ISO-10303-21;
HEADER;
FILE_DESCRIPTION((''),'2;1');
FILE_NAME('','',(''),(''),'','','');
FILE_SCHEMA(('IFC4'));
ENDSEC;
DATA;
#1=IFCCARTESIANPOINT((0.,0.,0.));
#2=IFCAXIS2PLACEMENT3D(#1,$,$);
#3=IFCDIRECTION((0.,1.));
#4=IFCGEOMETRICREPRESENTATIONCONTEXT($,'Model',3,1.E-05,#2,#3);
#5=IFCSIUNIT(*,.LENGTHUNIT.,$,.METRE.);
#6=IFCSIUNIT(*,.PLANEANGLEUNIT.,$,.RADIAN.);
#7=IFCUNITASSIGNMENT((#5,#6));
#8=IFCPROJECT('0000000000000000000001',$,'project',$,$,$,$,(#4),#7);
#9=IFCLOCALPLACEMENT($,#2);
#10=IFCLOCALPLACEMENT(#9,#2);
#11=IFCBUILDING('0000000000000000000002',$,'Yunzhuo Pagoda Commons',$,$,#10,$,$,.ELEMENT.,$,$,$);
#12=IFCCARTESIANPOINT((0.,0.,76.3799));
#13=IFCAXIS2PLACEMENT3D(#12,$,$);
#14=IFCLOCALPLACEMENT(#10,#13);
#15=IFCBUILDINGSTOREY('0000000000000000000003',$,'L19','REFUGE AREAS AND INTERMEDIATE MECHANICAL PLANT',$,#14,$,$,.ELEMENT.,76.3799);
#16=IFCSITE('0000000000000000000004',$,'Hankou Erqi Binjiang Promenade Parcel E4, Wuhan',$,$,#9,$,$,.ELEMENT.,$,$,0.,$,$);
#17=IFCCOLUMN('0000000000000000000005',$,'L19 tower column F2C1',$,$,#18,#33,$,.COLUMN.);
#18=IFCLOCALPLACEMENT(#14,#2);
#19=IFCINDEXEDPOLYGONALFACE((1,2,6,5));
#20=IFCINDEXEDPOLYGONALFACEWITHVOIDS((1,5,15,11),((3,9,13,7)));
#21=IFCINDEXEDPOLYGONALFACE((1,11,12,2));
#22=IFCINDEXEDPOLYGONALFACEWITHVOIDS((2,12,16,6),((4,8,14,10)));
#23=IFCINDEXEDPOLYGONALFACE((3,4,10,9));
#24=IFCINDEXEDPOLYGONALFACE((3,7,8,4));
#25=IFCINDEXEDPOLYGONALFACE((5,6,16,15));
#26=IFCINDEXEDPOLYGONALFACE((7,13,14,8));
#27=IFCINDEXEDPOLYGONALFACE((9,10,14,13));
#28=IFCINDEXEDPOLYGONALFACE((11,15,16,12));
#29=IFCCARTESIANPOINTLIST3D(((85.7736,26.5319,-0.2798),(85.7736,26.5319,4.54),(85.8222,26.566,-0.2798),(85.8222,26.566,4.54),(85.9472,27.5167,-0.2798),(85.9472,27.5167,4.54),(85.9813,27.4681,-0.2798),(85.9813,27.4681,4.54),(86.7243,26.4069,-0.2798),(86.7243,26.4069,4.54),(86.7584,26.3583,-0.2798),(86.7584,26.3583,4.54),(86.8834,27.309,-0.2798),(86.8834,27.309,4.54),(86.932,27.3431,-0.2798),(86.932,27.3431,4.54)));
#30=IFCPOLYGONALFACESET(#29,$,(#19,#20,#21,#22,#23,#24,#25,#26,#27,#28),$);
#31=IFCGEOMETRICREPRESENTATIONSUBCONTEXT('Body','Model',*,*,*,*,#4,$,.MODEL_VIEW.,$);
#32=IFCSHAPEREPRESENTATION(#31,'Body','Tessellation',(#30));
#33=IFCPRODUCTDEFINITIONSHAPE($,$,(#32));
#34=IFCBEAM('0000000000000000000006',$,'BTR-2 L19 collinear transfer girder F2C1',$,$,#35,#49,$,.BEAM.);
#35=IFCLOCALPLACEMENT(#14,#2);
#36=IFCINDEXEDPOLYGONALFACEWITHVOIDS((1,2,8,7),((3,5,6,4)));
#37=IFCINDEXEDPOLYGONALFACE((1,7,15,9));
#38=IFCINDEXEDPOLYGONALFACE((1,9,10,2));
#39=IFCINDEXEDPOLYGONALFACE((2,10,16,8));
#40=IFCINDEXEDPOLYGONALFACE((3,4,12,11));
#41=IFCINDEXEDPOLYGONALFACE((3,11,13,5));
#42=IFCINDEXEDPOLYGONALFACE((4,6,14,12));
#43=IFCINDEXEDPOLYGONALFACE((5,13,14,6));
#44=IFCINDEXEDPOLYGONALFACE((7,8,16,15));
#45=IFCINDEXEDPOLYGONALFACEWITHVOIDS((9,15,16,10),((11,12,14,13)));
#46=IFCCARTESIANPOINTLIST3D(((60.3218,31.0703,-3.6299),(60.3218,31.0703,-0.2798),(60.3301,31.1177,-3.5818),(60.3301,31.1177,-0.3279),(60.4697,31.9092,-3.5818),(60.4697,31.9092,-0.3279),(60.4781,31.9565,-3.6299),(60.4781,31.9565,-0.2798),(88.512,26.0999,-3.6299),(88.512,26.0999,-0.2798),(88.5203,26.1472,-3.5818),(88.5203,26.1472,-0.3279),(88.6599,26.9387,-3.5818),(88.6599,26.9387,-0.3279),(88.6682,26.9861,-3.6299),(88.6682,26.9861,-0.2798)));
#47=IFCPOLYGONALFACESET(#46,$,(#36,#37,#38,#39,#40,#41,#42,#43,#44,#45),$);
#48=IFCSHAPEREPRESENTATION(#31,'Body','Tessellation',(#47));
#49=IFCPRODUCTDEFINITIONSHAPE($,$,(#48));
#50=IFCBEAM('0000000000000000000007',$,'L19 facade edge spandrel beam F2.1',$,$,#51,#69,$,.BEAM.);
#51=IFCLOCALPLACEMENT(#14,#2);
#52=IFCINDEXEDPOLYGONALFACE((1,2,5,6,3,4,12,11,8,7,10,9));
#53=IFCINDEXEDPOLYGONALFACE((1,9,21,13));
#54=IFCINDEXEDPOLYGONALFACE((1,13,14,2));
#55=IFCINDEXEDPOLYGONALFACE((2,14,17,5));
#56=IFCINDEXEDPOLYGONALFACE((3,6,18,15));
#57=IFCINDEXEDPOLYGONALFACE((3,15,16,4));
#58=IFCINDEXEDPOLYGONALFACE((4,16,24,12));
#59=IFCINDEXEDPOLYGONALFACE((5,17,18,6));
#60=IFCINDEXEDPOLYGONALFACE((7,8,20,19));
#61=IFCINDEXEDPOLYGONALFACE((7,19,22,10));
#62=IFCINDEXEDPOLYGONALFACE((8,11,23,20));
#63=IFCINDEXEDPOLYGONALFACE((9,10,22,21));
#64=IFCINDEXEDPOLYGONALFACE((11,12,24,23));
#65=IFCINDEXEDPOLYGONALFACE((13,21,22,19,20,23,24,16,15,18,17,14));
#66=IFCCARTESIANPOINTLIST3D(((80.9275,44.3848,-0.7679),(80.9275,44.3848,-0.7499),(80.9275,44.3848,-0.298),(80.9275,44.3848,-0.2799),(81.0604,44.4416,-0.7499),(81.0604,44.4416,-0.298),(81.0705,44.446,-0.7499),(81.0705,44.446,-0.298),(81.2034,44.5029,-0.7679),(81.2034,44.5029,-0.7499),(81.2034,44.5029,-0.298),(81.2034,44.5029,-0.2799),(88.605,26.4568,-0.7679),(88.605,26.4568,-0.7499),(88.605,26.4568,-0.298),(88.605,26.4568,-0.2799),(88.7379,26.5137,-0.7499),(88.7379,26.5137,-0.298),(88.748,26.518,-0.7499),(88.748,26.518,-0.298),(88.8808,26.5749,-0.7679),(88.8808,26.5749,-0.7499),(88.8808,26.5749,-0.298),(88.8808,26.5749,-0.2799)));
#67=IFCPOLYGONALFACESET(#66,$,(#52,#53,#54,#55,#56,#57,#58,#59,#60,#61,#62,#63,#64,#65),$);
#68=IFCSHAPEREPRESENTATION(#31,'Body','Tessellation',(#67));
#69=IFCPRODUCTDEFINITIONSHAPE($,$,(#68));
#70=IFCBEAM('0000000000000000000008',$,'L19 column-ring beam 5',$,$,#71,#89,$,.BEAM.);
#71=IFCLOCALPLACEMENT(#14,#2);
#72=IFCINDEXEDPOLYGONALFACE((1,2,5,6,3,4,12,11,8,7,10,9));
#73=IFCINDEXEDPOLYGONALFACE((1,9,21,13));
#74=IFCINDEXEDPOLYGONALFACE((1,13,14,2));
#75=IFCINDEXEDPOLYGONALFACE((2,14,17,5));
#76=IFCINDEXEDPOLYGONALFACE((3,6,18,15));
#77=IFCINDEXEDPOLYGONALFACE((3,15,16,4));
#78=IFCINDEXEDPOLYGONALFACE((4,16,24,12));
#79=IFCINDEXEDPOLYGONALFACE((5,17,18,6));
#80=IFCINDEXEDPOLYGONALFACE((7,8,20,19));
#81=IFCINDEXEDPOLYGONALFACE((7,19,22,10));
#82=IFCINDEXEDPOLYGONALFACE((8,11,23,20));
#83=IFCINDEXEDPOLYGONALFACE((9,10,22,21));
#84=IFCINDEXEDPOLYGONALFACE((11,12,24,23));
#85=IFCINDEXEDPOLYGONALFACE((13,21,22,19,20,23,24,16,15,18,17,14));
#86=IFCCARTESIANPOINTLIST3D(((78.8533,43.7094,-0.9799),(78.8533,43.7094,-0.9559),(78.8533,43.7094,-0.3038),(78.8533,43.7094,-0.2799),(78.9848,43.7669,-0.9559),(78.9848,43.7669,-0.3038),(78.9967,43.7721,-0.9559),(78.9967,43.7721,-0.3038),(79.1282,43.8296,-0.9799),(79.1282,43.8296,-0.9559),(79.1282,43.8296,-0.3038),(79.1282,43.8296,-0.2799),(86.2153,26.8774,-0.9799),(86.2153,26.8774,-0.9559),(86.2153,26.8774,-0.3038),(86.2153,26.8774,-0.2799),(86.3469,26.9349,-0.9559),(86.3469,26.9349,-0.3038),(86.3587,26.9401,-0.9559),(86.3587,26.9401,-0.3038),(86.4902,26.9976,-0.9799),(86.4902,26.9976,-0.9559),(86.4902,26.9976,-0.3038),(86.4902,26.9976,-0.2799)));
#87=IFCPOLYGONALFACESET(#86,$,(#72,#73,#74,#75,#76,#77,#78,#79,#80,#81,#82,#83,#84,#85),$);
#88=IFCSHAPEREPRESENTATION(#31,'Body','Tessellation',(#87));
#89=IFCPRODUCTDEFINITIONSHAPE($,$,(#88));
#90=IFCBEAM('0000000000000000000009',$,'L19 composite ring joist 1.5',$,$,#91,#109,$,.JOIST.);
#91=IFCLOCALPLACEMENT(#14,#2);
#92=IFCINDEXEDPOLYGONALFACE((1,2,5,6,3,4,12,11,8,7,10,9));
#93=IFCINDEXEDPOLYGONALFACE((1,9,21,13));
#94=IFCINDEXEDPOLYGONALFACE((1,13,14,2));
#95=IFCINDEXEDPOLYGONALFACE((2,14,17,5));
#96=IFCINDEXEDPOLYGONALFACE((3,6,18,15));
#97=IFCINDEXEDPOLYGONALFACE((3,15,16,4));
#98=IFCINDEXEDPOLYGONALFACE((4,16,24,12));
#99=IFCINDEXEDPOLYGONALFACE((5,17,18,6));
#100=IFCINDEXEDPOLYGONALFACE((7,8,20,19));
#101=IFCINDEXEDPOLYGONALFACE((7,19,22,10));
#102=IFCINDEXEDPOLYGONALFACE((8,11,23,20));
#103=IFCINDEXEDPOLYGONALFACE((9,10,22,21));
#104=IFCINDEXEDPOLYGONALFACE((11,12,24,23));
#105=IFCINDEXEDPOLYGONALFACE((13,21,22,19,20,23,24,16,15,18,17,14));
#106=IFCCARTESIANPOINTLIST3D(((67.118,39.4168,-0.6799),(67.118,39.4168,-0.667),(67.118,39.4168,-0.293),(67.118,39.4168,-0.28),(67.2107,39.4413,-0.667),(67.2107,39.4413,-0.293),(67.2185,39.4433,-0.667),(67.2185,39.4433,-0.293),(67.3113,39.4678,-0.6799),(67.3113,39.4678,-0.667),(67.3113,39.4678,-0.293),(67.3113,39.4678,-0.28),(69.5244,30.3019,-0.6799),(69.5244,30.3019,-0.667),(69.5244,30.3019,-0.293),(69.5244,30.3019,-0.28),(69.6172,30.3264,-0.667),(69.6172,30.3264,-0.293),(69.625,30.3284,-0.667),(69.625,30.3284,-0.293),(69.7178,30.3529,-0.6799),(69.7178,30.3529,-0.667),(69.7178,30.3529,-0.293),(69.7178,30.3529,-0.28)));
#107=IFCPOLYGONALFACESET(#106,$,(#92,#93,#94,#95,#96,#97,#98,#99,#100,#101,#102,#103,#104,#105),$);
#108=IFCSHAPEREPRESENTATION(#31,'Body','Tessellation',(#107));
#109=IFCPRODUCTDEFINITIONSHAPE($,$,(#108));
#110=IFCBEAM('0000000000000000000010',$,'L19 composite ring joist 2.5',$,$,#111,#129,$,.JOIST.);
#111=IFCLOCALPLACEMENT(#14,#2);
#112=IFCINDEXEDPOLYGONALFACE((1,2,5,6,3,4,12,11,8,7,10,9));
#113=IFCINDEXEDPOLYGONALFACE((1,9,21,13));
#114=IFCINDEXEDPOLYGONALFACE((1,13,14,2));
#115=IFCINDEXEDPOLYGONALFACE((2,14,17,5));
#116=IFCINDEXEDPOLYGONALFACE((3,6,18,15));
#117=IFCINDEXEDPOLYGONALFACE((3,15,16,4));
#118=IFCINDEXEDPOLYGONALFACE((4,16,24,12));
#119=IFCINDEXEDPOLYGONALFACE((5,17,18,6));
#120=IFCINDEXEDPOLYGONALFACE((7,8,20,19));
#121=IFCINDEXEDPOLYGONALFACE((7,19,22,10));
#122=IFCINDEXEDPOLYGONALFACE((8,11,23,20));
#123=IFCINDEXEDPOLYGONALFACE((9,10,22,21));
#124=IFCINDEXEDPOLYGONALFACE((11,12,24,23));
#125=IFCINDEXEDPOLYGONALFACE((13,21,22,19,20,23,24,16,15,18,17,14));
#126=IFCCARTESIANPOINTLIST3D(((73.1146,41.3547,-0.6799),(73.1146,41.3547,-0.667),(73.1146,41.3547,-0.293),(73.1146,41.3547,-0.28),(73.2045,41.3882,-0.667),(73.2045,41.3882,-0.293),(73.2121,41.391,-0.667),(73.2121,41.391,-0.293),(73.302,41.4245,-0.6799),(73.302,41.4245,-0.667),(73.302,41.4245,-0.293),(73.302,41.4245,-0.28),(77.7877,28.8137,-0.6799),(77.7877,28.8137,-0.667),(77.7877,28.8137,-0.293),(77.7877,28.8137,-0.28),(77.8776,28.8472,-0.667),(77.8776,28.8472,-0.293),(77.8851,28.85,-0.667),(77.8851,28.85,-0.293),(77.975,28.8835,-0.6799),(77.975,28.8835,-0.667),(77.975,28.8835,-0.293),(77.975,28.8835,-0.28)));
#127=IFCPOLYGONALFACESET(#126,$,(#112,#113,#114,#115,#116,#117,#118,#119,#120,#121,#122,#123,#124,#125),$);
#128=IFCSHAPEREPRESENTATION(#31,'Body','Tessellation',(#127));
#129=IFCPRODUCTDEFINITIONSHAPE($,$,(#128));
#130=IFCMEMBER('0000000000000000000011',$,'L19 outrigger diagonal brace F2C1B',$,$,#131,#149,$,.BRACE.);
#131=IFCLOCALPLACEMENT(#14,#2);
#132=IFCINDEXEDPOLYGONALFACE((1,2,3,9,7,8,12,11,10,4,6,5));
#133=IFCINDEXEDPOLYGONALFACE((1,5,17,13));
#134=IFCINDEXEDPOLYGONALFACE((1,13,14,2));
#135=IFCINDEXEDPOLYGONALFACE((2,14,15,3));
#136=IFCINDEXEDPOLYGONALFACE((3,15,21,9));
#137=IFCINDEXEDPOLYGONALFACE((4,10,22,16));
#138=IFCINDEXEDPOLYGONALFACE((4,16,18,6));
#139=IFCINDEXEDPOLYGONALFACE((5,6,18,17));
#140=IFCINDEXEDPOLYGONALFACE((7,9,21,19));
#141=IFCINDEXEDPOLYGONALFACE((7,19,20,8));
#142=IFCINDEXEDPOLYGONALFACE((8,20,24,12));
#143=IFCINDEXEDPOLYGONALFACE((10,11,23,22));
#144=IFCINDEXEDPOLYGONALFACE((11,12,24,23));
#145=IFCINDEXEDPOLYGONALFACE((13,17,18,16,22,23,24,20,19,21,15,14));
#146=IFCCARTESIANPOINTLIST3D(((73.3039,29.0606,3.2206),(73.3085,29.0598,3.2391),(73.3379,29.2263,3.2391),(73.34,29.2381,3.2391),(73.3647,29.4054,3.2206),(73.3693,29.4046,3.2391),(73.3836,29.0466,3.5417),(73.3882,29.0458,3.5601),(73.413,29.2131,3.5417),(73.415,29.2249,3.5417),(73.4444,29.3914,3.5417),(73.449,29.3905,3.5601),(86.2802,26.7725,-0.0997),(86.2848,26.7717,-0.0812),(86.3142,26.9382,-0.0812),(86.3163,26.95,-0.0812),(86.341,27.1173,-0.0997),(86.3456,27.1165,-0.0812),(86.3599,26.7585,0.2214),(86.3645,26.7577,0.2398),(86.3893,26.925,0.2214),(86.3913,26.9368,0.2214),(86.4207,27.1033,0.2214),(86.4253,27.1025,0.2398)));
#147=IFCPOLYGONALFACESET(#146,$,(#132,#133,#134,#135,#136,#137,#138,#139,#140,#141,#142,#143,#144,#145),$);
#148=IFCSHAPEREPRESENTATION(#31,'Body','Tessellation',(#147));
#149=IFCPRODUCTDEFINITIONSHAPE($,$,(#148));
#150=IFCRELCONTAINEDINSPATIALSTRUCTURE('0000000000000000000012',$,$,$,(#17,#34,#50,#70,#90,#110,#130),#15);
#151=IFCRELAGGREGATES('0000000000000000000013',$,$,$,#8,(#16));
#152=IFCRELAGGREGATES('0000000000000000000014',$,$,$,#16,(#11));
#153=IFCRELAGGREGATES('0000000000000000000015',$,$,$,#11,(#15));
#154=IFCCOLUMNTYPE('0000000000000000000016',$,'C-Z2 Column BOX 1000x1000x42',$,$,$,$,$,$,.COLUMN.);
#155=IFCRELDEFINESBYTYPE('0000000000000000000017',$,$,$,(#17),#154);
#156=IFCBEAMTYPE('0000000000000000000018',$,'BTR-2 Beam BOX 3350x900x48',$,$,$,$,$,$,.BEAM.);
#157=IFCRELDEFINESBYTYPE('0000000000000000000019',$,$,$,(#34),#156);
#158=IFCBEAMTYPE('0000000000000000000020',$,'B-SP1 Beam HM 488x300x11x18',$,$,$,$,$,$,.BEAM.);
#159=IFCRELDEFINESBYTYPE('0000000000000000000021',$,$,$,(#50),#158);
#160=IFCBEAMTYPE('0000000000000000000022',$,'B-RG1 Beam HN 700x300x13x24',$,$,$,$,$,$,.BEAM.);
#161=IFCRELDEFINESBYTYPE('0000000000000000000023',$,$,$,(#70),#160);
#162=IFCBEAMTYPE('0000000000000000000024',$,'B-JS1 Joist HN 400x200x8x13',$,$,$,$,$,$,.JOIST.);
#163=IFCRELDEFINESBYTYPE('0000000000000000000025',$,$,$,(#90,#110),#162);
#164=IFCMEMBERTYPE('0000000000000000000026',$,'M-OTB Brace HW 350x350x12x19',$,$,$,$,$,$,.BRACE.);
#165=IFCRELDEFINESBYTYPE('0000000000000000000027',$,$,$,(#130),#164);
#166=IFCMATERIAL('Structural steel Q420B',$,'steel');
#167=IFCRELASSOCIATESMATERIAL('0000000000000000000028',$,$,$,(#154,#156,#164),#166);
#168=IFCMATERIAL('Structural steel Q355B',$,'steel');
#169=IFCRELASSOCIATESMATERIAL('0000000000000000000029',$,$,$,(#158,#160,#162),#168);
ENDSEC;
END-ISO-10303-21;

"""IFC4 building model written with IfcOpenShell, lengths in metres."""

from ifc_helpers import new_model, si_unit, direction, frame, origin, origin_2d, place, context, subcontext, project, spatial, hollow_rectangle, i_section, extrude, source, transform, mapped, material, material_profile, profile_set, type_object, element, save


model = new_model("IFC4")

# Units and contexts
model_context = context("Model", 3, precision=1e-05, world=origin(), true_north=direction((0.0, 1.0)))
body_context = subcontext(model_context, "Body", "Model", "MODEL_VIEW")
ifc_project = project(units=[si_unit("LENGTHUNIT", "METRE"), si_unit("PLANEANGLEUNIT", "RADIAN")], contexts=[model_context])

# Site, building, storey
site_placement = place(None, origin())
site = spatial("IfcSite", under=ifc_project, at=site_placement, Name="Hankou Erqi Binjiang Promenade Parcel E4, Wuhan", CompositionType="ELEMENT", RefElevation=0.0)
building_placement = place(site_placement, origin())
building = spatial("IfcBuilding", under=site, at=building_placement, Name="Yunzhuo Pagoda Commons", CompositionType="ELEMENT")
storey_placement = place(building_placement, frame((0.0, 0.0, 76.3799)))
storey = spatial("IfcBuildingStorey", under=building, at=storey_placement, Name="L19", Description="REFUGE AREAS AND INTERMEDIATE MECHANICAL PLANT", CompositionType="ELEMENT", Elevation=76.3799)

# Column
ifc_material_1 = material(Name="Structural steel Q420B", Category="steel")
ifc_material_profile_1 = material_profile(ifc_material_1, hollow_rectangle(XDim=1.0, YDim=1.0, WallThickness=0.042, at=origin_2d()), Name="Structural steel Q420B")
ifc_profile_set_1 = profile_set([ifc_material_profile_1], Name="Structural steel Q420B")
column_type = type_object("IfcColumnType", Name="C-Z2 Column BOX 1000x1000x42", PredefinedType="COLUMN", material=ifc_profile_set_1)
shared_shape_1 = source(origin(), body_context, "Body", "SweptSolid", [
    extrude(hollow_rectangle(XDim=1.0, YDim=1.0, WallThickness=0.042, at=origin_2d()), origin(), (0.0, 0.0, 1.0), 4.8198),
])
column_placement = place(storey_placement, frame((86.3528, 26.9375, -0.2798), z_axis=(0.0, 0.0, 1.0), x_axis=(0.173648, 0.984808, 0.0)))
element("IfcColumn", 1, at=column_placement, inside=storey, type_object=column_type, Name="L19 tower column F2C1", PredefinedType="COLUMN", context=body_context, shape_type="MappedRepresentation", body=[
    mapped(shared_shape_1, transform((0.0, 0.0, 0.0), scale=1.0)),
])

# Beams
ifc_material_profile_2 = material_profile(ifc_material_1, hollow_rectangle(XDim=0.8999, YDim=3.3501, WallThickness=0.0481, at=origin_2d()), Name="Structural steel Q420B")
ifc_profile_set_2 = profile_set([ifc_material_profile_2], Name="Structural steel Q420B")
beam_type_1 = type_object("IfcBeamType", Name="BTR-2 Beam BOX 3350x900x48", PredefinedType="BEAM", material=ifc_profile_set_2)
shared_shape_2 = source(origin(), body_context, "Body", "SweptSolid", [
    extrude(hollow_rectangle(XDim=0.8999, YDim=3.3501, WallThickness=0.0481, at=origin_2d()), origin(), (0.0, 0.0, 1.0), 28.625),
])
beam_1_placement = place(storey_placement, frame((88.5901, 26.543, -1.9548), z_axis=(-0.984809, 0.17364, 0.0), x_axis=(-0.17364, -0.984809, 0.0)))
element("IfcBeam", 2, at=beam_1_placement, inside=storey, type_object=beam_type_1, Name="BTR-2 L19 collinear transfer girder F2C1", PredefinedType="BEAM", context=body_context, shape_type="MappedRepresentation", body=[
    mapped(shared_shape_2, transform((0.0, 0.0, 0.0), scale=1.0)),
])
ifc_material_2 = material(Name="Structural steel Q355B", Category="steel")
ifc_material_profile_3 = material_profile(ifc_material_2, i_section(OverallWidth=0.3, OverallDepth=0.488, WebThickness=0.011, FlangeThickness=0.0181, at=origin_2d()), Name="Structural steel Q355B")
ifc_profile_set_3 = profile_set([ifc_material_profile_3], Name="Structural steel Q355B")
beam_type_2 = type_object("IfcBeamType", Name="B-SP1 Beam HM 488x300x11x18", PredefinedType="BEAM", material=ifc_profile_set_3)
shared_shape_3 = source(origin(), body_context, "Body", "SweptSolid", [
    extrude(i_section(OverallWidth=0.3, OverallDepth=0.488, WebThickness=0.011, FlangeThickness=0.0181, at=origin_2d()), origin(), (0.0, 0.0, 1.0), 19.5027),
])
beam_2_placement = place(storey_placement, frame((88.7429, 26.5159, -0.5239), z_axis=(-0.393662, 0.919255, 0.0), x_axis=(-0.919255, -0.393662, 0.0)))
element("IfcBeam", 3, at=beam_2_placement, inside=storey, type_object=beam_type_2, Name="L19 facade edge spandrel beam F2.1", PredefinedType="BEAM", context=body_context, shape_type="MappedRepresentation", body=[
    mapped(shared_shape_3, transform((0.0, 0.0, 0.0), scale=1.0)),
])
ifc_material_profile_4 = material_profile(ifc_material_2, i_section(OverallWidth=0.3, OverallDepth=0.7, WebThickness=0.0129, FlangeThickness=0.0239, at=origin_2d()), Name="Structural steel Q355B")
ifc_profile_set_4 = profile_set([ifc_material_profile_4], Name="Structural steel Q355B")
beam_type_3 = type_object("IfcBeamType", Name="B-RG1 Beam HN 700x300x13x24", PredefinedType="BEAM", material=ifc_profile_set_4)
shared_shape_4 = source(origin(), body_context, "Body", "SweptSolid", [
    extrude(i_section(OverallWidth=0.3, OverallDepth=0.7, WebThickness=0.0129, FlangeThickness=0.0239, at=origin_2d()), origin(), (0.0, 0.0, 1.0), 18.3716),
])
beam_3_placement = place(storey_placement, frame((86.3528, 26.9375, -0.6299), z_axis=(-0.40073, 0.916196, 0.0), x_axis=(-0.916196, -0.40073, 0.0)))
element("IfcBeam", 4, at=beam_3_placement, inside=storey, type_object=beam_type_3, Name="L19 column-ring beam 5", PredefinedType="BEAM", context=body_context, shape_type="MappedRepresentation", body=[
    mapped(shared_shape_4, transform((0.0, 0.0, 0.0), scale=1.0)),
])
ifc_material_profile_5 = material_profile(ifc_material_2, i_section(OverallWidth=0.2, OverallDepth=0.3999, WebThickness=0.0081, FlangeThickness=0.0129, at=origin_2d()), Name="Structural steel Q355B")
ifc_profile_set_5 = profile_set([ifc_material_profile_5], Name="Structural steel Q355B")
beam_type_4 = type_object("IfcBeamType", Name="B-JS1 Joist HN 400x200x8x13", PredefinedType="JOIST", material=ifc_profile_set_5)
shared_shape_5 = source(origin(), body_context, "Body", "SweptSolid", [
    extrude(i_section(OverallWidth=0.2, OverallDepth=0.3999, WebThickness=0.0081, FlangeThickness=0.0129, at=origin_2d()), origin(), (0.0, 0.0, 1.0), 9.4272),
])
beam_4_placement = place(storey_placement, frame((69.6211, 30.3274, -0.48), z_axis=(-0.255268, 0.96687, 0.0), x_axis=(-0.96687, -0.255268, 0.0)))
element("IfcBeam", 5, at=beam_4_placement, inside=storey, type_object=beam_type_4, Name="L19 composite ring joist 1.5", PredefinedType="JOIST", context=body_context, shape_type="MappedRepresentation", body=[
    mapped(shared_shape_5, transform((0.0, 0.0, 0.0), scale=1.0)),
])
shared_shape_6 = source(origin(), body_context, "Body", "SweptSolid", [
    extrude(i_section(OverallWidth=0.2, OverallDepth=0.3999, WebThickness=0.0081, FlangeThickness=0.0129, at=origin_2d()), origin(), (0.0, 0.0, 1.0), 13.3833),
])
beam_5_placement = place(storey_placement, frame((77.8813, 28.8486, -0.48), z_axis=(-0.349172, 0.937059, 0.0), x_axis=(-0.937059, -0.349172, 0.0)))
element("IfcBeam", 6, at=beam_5_placement, inside=storey, type_object=beam_type_4, Name="L19 composite ring joist 2.5", PredefinedType="JOIST", context=body_context, shape_type="MappedRepresentation", body=[
    mapped(shared_shape_6, transform((0.0, 0.0, 0.0), scale=1.0)),
])

# Member
ifc_material_profile_6 = material_profile(ifc_material_1, i_section(OverallWidth=0.3501, OverallDepth=0.3501, WebThickness=0.012, FlangeThickness=0.019, at=origin_2d()), Name="Structural steel Q420B")
ifc_profile_set_6 = profile_set([ifc_material_profile_6], Name="Structural steel Q420B")
member_type_1 = type_object("IfcMemberType", Name="M-OTB Brace HW 350x350x12x19", PredefinedType="BRACE", material=ifc_profile_set_6)
shared_shape_7 = source(origin(), body_context, "Body", "SweptSolid", [
    extrude(i_section(OverallWidth=0.3501, OverallDepth=0.3501, WebThickness=0.012, FlangeThickness=0.019, at=origin_2d()), origin(), (0.0, 0.0, 1.0), 13.5884),
])
member_1_placement = place(storey_placement, frame((73.3765, 29.2256, 3.3904), z_axis=(0.954955, -0.168385, -0.244349), x_axis=(0.173649, 0.984808, 0.0)))
element("IfcMember", 7, at=member_1_placement, inside=storey, type_object=member_type_1, Name="L19 outrigger diagonal brace F2C1B", PredefinedType="BRACE", context=body_context, shape_type="MappedRepresentation", body=[
    mapped(shared_shape_7, transform((0.0, 0.0, 0.0), scale=1.0)),
])

save(model, "model.ifc")
